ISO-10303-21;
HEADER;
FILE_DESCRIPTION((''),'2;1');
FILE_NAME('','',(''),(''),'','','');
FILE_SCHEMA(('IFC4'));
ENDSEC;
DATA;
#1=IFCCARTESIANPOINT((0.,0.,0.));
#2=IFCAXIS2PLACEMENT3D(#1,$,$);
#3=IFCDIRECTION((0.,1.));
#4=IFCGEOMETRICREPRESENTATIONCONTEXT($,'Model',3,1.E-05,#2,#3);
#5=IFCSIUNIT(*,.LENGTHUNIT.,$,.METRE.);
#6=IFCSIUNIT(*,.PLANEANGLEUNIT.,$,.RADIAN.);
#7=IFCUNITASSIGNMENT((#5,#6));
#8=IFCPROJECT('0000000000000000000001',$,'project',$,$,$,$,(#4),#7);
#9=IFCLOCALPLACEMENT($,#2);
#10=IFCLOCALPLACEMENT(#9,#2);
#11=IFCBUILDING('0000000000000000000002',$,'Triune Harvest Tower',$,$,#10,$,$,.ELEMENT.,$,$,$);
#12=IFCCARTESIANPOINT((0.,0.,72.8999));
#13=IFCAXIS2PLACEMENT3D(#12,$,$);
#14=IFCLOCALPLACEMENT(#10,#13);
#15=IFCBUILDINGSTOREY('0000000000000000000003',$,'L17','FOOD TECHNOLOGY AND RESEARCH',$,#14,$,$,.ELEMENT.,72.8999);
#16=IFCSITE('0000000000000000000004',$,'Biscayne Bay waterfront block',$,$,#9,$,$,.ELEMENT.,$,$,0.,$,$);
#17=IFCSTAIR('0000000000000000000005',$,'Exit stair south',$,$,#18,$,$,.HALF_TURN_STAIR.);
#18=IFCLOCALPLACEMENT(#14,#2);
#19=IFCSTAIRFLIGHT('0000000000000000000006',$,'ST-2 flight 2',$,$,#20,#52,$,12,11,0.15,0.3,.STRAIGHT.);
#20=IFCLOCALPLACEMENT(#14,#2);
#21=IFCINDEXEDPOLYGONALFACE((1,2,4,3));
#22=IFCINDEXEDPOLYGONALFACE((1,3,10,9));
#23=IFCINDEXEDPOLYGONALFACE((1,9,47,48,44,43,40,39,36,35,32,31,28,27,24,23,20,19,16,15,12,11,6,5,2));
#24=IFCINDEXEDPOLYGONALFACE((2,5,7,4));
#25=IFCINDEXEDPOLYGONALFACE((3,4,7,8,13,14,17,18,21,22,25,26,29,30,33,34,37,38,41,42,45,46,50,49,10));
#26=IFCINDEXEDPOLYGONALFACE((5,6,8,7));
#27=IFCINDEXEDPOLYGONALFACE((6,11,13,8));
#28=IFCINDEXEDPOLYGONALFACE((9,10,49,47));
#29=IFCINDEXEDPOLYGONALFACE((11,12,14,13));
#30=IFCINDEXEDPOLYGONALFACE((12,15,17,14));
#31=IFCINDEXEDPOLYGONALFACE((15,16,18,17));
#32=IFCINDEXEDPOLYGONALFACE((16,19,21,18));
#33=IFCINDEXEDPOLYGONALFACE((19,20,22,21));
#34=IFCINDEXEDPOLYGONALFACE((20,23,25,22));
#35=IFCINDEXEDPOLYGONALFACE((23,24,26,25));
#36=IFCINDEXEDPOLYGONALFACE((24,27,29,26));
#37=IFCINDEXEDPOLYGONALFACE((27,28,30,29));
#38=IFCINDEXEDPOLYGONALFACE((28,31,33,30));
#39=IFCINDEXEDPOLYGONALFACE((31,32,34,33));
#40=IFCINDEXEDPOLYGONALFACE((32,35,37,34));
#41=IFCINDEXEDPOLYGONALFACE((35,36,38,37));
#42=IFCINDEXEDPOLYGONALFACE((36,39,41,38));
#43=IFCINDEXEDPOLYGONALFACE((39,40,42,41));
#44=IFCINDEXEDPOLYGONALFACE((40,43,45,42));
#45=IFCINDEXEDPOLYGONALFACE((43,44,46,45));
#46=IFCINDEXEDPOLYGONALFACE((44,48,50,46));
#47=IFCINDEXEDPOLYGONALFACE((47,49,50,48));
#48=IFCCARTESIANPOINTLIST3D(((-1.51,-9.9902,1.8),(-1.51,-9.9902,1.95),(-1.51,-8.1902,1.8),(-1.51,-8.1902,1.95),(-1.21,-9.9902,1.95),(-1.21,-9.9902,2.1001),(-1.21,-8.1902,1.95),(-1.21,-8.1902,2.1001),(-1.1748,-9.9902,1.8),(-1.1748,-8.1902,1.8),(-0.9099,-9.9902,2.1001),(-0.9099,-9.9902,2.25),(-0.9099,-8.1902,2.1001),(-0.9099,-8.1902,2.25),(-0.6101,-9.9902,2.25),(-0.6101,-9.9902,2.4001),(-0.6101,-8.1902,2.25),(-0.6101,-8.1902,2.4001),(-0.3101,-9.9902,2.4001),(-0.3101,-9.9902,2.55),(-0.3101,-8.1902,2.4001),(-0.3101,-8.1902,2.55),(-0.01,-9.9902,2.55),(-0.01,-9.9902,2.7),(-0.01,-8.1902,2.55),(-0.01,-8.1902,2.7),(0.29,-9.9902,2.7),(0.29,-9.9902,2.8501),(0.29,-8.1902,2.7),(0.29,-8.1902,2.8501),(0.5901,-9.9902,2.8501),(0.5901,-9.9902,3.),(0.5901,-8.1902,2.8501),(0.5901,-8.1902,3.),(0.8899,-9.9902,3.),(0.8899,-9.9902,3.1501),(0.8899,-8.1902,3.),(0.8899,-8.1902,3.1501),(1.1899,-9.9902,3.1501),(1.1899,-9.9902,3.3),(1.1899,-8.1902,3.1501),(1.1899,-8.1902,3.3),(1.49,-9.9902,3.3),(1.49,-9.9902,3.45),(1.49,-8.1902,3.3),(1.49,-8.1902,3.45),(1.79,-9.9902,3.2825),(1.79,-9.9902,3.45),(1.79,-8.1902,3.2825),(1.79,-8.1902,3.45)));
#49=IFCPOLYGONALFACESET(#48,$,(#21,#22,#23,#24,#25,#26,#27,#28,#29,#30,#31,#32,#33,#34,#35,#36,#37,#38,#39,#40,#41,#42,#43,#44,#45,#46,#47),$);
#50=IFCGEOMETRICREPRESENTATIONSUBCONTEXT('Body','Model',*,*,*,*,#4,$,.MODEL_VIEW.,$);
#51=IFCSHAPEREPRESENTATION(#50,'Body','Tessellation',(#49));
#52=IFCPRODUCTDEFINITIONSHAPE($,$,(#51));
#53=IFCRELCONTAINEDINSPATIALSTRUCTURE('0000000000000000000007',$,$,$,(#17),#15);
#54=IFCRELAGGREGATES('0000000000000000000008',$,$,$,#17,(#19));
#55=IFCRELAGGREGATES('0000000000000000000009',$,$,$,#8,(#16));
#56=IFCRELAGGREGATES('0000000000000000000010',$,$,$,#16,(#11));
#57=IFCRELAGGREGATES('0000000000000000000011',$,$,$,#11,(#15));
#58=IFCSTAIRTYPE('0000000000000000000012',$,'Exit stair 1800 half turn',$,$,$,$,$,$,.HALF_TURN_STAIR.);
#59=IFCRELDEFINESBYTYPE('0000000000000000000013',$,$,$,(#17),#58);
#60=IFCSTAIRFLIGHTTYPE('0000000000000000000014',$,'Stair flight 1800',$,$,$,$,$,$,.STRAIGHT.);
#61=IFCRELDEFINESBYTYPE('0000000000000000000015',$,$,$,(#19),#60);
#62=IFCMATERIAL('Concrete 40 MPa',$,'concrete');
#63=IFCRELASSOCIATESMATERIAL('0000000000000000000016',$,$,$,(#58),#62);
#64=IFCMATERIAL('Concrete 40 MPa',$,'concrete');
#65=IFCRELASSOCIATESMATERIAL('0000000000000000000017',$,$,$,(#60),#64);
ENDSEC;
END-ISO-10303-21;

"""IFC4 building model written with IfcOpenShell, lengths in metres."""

from ifc_helpers import new_model, si_unit, direction, frame, origin, place, context, subcontext, project, spatial, polyline, outline, extrude, source, transform, mapped, material, type_object, element, aggregate, save


model = new_model("IFC4")

# Units and contexts
model_context = context("Model", 3, precision=1e-05, world=origin(), true_north=direction((0.0, 1.0)))
body_context = subcontext(model_context, "Body", "Model", "MODEL_VIEW")
ifc_project = project(units=[si_unit("LENGTHUNIT", "METRE"), si_unit("PLANEANGLEUNIT", "RADIAN")], contexts=[model_context])

# Site, building, storey
site_placement = place(None, origin())
site = spatial("IfcSite", under=ifc_project, at=site_placement, Name="Biscayne Bay waterfront block", CompositionType="ELEMENT", RefElevation=0.0)
building_placement = place(site_placement, origin())
building = spatial("IfcBuilding", under=site, at=building_placement, Name="Triune Harvest Tower", CompositionType="ELEMENT")
storey_placement = place(building_placement, frame((0.0, 0.0, 72.8999)))
storey = spatial("IfcBuildingStorey", under=building, at=storey_placement, Name="L17", Description="FOOD TECHNOLOGY AND RESEARCH", CompositionType="ELEMENT", Elevation=72.8999)

# Stair, stair flight
ifc_material_1 = material(Name="Concrete 40 MPa", Category="concrete")
stair_type = type_object("IfcStairType", Name="Exit stair 1800 half turn", PredefinedType="HALF_TURN_STAIR", material=ifc_material_1)
stair_placement = place(storey_placement, origin())
stair = element("IfcStair", 1, at=stair_placement, inside=storey, type_object=stair_type, Name="Exit stair south", PredefinedType="HALF_TURN_STAIR")
ifc_material_2 = material(Name="Concrete 40 MPa", Category="concrete")
stair_flight_type = type_object("IfcStairFlightType", Name="Stair flight 1800", PredefinedType="STRAIGHT", material=ifc_material_2)
shared_shape_1 = source(origin(), body_context, "Body", "SweptSolid", [
    extrude(outline(polyline([(0.0, 0.0), (0.0, 0.1499), (0.3, 0.1499), (0.3, 0.3), (0.6001, 0.3), (0.6001, 0.45), (0.8999, 0.45), (0.8999, 0.6001), (1.2, 0.6001), (1.2, 0.75), (1.5, 0.75), (1.5, 0.8999), (1.8, 0.8999), (1.8, 1.05), (2.1001, 1.05), (2.1001, 1.2), (2.3999, 1.2), (2.3999, 1.3501), (2.7, 1.3501), (2.7, 1.5), (3.0, 1.5), (3.0, 1.6499), (3.3, 1.6499), (3.3, 1.8), (3.3, 1.4824), (0.3352, 0.0), (0.0, 0.0)])), frame((0.0, 0.8999, 0.0), z_axis=(0.0, -1.0, 0.0), x_axis=(1.0, 0.0, 0.0)), (0.0, 0.0, 1.0), 1.8),
])
stair_flight_placement = place(storey_placement, frame((-1.51, -9.0901, 1.8), z_axis=(0.0, 0.0, 1.0), x_axis=(1.0, 0.0, 0.0)))
stair_flight = element("IfcStairFlight", 2, at=stair_flight_placement, type_object=stair_flight_type, Name="ST-2 flight 2", NumberOfRisers=12, NumberOfTreads=11, PredefinedType="STRAIGHT", RiserHeight=0.15, TreadLength=0.3, context=body_context, shape_type="MappedRepresentation", body=[
    mapped(shared_shape_1, transform((0.0, 0.0, 0.0), scale=1.0)),
])
aggregate(stair, [stair_flight])

save(model, "model.ifc")
